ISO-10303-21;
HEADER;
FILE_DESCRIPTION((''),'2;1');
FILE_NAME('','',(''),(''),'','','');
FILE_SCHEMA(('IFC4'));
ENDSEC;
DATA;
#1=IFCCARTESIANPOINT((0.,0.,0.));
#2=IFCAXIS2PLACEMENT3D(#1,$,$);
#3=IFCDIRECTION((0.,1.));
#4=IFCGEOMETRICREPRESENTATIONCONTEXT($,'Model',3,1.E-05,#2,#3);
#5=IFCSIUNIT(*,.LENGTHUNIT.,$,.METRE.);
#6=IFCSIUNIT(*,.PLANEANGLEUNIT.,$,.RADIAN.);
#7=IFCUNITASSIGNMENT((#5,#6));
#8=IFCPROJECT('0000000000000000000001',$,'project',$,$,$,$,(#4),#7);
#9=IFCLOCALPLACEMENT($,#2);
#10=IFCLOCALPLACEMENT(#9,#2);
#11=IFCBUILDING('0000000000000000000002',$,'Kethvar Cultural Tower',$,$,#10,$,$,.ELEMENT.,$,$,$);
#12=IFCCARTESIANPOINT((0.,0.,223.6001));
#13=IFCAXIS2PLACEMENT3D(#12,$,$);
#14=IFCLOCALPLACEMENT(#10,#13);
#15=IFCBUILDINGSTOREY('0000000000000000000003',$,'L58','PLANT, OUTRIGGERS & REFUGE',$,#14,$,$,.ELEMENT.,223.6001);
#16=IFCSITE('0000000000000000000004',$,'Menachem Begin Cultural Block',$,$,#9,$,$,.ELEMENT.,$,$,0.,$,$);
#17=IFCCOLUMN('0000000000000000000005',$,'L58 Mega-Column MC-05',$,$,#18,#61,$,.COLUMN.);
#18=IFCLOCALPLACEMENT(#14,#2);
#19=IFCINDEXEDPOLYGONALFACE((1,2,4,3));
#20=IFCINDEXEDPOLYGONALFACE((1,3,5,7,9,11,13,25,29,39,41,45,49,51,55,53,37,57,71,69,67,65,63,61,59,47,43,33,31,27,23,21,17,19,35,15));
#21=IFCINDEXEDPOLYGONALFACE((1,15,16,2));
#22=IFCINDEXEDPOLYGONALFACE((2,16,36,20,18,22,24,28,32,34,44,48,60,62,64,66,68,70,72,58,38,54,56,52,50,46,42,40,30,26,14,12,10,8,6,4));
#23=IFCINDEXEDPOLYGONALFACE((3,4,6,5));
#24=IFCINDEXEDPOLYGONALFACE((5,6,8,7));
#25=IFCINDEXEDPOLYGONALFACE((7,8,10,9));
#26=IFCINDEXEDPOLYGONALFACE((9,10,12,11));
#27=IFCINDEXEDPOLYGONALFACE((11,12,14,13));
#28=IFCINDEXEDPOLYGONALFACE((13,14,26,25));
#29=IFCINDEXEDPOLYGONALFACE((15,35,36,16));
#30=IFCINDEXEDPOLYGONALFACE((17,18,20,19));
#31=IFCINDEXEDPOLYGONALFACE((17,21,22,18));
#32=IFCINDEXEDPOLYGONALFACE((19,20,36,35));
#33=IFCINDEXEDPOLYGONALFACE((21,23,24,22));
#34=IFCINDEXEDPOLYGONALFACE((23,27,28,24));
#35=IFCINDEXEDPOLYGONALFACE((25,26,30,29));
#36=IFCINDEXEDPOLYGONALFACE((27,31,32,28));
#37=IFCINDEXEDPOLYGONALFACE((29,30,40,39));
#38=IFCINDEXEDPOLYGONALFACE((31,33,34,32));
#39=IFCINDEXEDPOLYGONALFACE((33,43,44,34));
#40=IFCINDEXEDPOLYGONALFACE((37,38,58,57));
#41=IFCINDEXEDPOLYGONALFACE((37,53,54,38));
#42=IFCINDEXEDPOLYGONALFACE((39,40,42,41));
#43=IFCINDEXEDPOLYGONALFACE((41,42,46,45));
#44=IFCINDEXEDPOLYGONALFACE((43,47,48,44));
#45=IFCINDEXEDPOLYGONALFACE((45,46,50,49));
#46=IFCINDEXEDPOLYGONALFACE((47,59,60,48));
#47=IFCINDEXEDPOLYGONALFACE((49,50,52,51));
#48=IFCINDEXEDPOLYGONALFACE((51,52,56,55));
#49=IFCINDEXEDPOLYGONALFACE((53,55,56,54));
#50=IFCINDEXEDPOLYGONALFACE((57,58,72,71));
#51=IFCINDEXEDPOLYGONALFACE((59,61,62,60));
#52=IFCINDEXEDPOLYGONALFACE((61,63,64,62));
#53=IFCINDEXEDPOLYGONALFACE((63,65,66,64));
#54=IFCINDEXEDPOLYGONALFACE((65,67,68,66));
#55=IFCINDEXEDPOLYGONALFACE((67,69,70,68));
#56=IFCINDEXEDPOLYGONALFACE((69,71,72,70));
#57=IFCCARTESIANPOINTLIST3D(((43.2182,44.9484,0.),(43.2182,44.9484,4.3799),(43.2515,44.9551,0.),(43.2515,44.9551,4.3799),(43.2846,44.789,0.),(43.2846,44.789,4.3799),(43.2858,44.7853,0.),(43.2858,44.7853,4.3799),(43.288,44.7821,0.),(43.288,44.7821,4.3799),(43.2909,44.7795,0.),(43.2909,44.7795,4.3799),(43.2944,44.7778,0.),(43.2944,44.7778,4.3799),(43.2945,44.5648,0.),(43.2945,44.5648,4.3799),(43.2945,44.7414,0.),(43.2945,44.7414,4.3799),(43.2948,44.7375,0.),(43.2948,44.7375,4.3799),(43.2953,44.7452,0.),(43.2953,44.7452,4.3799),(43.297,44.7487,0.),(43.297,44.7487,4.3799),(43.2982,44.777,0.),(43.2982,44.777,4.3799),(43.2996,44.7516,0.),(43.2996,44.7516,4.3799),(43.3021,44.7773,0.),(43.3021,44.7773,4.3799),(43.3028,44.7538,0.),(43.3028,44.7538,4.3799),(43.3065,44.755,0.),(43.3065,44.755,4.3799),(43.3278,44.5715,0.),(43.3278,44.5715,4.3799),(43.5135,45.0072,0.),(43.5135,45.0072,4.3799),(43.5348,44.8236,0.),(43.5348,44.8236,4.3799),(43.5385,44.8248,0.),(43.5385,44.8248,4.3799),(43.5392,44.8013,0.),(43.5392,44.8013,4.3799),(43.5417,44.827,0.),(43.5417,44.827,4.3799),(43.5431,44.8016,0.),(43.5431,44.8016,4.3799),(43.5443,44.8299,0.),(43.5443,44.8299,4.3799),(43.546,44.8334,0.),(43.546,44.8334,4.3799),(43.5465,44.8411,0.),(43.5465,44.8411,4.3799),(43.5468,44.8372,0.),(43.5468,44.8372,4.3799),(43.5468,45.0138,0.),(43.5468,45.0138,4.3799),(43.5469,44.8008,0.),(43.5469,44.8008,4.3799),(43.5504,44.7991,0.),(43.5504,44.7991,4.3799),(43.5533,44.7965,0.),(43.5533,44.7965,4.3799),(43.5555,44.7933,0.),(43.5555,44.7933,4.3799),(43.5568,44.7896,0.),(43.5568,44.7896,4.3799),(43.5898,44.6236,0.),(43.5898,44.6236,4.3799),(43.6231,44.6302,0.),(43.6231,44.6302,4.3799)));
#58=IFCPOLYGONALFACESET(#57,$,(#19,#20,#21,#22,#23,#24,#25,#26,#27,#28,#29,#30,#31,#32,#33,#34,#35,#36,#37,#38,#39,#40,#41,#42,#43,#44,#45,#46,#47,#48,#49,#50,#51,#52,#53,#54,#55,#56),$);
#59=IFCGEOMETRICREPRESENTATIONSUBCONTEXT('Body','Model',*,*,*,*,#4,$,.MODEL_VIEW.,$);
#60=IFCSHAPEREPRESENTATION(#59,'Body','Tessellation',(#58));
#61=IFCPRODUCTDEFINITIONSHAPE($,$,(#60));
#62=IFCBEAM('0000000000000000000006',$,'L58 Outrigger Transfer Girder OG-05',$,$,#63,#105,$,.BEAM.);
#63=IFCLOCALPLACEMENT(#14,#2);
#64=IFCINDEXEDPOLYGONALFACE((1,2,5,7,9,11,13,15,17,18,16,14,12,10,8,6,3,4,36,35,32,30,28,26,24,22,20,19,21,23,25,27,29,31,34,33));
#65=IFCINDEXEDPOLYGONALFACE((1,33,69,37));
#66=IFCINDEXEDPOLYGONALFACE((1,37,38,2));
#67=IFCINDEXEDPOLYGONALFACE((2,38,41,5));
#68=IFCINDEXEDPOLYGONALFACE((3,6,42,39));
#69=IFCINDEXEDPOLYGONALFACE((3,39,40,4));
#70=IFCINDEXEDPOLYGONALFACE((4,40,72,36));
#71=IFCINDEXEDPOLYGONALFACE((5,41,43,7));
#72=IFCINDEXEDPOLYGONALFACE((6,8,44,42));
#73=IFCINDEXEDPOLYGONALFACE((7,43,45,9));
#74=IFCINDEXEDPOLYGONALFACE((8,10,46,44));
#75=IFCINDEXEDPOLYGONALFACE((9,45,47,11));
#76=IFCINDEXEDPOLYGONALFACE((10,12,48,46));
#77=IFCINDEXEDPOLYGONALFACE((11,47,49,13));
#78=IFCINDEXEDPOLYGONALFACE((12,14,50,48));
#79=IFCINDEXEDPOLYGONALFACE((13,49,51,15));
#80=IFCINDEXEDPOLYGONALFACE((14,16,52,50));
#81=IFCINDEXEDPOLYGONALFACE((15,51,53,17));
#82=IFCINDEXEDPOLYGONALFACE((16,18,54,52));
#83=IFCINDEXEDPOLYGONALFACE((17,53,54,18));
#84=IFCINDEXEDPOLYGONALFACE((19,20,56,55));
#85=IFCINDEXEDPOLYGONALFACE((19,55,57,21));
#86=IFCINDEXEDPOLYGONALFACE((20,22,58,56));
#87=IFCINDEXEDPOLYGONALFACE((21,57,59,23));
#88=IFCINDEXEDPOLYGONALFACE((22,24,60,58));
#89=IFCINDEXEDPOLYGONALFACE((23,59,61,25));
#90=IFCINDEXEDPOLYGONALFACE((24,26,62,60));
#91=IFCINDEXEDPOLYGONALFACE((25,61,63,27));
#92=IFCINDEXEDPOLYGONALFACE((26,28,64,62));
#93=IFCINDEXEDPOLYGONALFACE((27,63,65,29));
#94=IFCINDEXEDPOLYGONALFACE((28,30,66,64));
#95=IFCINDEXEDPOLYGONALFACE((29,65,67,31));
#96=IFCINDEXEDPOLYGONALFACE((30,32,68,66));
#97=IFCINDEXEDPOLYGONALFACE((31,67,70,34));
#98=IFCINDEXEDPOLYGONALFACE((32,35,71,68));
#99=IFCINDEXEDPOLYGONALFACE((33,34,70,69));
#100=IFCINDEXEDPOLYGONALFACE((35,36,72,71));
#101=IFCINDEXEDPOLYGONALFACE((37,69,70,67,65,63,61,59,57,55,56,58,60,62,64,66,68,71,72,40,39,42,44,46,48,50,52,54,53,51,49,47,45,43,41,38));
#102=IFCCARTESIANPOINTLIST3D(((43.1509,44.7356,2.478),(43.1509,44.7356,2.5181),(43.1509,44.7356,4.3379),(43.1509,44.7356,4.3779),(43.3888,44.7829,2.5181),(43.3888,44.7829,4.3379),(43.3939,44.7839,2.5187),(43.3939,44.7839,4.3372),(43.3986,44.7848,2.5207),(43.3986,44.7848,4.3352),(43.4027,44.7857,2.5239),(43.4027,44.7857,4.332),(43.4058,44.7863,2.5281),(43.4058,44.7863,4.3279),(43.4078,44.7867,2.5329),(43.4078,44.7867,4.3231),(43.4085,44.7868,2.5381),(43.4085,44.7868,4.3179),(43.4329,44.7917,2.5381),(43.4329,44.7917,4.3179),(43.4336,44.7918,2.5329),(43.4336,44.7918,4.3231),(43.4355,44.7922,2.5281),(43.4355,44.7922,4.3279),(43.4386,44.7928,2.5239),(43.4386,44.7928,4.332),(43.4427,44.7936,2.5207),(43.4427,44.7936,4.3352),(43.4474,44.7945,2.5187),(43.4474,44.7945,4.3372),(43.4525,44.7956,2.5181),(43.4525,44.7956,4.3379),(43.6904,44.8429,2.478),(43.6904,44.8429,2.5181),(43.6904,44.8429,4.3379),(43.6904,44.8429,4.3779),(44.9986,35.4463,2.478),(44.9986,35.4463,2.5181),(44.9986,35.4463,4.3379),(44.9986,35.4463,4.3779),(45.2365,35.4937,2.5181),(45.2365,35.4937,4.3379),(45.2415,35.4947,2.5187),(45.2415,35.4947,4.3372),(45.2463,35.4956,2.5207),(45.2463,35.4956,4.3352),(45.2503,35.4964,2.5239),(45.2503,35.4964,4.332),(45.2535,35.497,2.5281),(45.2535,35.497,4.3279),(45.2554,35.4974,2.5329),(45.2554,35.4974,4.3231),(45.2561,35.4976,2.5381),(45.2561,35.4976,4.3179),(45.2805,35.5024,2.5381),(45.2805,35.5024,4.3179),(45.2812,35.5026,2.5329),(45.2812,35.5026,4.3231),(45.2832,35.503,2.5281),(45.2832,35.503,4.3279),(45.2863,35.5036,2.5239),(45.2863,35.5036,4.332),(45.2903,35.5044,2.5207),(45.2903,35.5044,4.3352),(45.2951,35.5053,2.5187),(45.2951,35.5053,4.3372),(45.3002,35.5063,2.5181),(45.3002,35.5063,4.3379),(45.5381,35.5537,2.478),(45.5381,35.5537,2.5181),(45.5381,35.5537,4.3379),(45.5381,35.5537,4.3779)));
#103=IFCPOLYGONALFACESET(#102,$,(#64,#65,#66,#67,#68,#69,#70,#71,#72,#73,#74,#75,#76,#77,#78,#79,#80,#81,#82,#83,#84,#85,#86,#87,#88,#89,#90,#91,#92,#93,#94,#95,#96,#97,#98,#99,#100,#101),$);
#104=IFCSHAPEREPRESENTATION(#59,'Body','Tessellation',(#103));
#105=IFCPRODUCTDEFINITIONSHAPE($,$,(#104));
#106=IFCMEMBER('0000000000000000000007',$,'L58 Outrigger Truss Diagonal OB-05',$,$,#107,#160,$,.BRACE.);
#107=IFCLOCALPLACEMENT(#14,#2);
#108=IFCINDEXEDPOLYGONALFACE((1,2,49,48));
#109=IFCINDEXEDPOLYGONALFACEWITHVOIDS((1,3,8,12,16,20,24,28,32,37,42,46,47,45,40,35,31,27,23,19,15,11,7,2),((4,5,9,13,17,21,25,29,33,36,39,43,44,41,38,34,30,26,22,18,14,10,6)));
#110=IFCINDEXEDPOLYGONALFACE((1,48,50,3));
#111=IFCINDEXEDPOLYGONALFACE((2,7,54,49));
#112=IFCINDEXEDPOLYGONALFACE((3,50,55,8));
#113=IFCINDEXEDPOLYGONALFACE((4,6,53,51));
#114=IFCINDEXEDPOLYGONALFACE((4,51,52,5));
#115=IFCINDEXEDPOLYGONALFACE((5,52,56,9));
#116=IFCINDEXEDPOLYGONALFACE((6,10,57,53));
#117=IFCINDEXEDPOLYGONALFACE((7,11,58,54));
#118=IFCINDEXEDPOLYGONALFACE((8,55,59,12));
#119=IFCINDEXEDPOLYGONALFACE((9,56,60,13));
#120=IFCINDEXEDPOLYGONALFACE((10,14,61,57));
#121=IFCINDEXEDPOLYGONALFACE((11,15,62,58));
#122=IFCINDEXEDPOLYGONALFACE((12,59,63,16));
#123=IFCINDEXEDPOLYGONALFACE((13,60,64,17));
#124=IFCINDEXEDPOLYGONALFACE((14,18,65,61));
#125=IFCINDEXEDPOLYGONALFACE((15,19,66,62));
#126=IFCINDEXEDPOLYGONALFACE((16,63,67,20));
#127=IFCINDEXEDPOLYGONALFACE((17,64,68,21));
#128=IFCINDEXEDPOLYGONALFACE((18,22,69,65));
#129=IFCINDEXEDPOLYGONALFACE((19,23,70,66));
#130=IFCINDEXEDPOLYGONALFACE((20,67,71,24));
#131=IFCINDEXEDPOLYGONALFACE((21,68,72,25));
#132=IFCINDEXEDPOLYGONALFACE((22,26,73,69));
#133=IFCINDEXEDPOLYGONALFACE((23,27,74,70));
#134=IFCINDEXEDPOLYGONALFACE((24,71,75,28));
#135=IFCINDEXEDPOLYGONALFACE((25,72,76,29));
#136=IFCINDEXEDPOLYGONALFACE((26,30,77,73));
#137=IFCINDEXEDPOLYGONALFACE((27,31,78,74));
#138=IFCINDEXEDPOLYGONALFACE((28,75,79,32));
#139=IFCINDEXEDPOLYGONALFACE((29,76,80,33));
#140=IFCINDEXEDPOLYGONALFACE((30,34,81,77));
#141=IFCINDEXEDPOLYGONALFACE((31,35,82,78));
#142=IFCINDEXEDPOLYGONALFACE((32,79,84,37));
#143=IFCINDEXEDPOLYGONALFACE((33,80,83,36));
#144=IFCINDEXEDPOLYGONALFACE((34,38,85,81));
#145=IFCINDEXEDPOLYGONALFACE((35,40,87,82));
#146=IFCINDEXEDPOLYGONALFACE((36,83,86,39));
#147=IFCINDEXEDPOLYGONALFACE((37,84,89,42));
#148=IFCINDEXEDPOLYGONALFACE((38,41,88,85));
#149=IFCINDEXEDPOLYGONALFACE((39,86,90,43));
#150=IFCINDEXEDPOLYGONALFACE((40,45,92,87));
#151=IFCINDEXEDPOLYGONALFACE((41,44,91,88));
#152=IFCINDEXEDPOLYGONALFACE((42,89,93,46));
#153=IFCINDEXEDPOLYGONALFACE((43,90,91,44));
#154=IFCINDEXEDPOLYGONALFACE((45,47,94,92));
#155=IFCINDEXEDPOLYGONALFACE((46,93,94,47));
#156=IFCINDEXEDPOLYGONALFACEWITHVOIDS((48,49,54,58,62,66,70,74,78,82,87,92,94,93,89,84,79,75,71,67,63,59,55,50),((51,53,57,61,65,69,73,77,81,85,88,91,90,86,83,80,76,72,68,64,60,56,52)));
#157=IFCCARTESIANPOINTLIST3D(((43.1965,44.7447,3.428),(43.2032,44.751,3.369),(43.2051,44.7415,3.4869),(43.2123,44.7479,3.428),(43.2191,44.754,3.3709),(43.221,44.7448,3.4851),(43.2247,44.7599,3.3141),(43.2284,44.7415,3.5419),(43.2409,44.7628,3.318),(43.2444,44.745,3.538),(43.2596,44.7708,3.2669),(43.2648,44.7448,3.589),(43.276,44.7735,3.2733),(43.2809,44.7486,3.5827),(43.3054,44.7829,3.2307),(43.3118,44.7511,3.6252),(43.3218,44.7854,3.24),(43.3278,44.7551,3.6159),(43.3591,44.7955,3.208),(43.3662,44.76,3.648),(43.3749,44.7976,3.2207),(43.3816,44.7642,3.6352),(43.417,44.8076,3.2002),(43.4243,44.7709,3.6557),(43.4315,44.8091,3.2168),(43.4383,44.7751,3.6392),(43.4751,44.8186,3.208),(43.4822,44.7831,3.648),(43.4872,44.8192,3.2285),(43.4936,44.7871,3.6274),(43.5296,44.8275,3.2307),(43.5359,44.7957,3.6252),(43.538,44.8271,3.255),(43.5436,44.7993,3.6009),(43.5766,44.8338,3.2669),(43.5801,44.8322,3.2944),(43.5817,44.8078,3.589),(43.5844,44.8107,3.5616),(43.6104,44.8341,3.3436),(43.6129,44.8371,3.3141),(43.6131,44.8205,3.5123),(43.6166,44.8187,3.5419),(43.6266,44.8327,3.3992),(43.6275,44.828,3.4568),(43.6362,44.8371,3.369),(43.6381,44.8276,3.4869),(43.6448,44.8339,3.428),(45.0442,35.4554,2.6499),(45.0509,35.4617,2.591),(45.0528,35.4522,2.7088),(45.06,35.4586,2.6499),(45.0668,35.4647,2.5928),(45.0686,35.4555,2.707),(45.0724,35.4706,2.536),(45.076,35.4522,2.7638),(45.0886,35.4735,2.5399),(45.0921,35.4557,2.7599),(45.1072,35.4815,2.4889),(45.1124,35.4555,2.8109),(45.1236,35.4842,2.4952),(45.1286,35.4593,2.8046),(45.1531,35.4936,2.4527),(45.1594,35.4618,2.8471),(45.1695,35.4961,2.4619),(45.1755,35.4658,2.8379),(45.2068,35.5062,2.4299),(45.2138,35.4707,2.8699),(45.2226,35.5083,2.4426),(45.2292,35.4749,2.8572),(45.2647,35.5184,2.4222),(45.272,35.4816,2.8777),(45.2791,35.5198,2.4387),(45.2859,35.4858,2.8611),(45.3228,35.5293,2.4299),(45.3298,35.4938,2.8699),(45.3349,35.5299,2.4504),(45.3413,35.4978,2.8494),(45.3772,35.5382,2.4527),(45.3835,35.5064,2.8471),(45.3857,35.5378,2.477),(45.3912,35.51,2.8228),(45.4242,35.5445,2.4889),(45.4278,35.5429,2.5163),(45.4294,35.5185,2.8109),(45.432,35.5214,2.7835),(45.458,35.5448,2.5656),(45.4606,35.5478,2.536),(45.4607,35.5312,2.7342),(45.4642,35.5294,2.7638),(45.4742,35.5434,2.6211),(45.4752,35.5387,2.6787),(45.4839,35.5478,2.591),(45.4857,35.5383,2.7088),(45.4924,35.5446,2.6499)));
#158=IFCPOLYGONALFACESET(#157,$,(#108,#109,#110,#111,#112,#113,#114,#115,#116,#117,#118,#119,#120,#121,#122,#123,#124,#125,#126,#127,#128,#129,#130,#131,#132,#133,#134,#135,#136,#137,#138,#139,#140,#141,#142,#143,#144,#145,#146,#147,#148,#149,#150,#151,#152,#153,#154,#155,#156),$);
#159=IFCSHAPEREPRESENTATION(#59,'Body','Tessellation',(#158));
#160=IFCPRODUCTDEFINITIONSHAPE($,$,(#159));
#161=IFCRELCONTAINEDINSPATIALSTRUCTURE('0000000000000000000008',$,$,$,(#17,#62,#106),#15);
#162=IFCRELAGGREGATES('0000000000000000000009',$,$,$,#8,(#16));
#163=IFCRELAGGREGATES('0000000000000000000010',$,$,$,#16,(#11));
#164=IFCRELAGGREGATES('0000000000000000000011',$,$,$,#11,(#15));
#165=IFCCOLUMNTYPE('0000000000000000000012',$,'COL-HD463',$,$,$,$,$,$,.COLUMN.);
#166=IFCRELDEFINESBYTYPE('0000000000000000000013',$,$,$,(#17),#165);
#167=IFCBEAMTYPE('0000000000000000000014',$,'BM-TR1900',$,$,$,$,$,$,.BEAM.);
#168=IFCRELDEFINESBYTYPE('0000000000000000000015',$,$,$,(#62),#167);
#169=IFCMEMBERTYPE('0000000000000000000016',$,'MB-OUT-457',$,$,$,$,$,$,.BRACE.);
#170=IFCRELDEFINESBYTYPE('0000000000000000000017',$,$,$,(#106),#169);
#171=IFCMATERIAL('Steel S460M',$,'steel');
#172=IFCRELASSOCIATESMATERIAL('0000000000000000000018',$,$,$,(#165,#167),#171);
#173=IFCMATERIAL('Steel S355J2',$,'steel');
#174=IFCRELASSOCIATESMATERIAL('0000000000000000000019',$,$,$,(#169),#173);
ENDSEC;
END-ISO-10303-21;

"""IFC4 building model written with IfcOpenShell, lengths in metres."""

from ifc_helpers import new_model, si_unit, direction, frame, origin, origin_2d, place, context, subcontext, project, spatial, hollow_circle, i_section, extrude, source, transform, mapped, material, material_profile, profile_set, type_object, element, save


model = new_model("IFC4")

# Units and contexts
model_context = context("Model", 3, precision=1e-05, world=origin(), true_north=direction((0.0, 1.0)))
body_context = subcontext(model_context, "Body", "Model", "MODEL_VIEW")
ifc_project = project(units=[si_unit("LENGTHUNIT", "METRE"), si_unit("PLANEANGLEUNIT", "RADIAN")], contexts=[model_context])

# Site, building, storey
site_placement = place(None, origin())
site = spatial("IfcSite", under=ifc_project, at=site_placement, Name="Menachem Begin Cultural Block", CompositionType="ELEMENT", RefElevation=0.0)
building_placement = place(site_placement, origin())
building = spatial("IfcBuilding", under=site, at=building_placement, Name="Kethvar Cultural Tower", CompositionType="ELEMENT")
storey_placement = place(building_placement, frame((0.0, 0.0, 223.6001)))
storey = spatial("IfcBuildingStorey", under=building, at=storey_placement, Name="L58", Description="PLANT, OUTRIGGERS & REFUGE", CompositionType="ELEMENT", Elevation=223.6001)

# Column
ifc_material_1 = material(Name="Steel S460M", Category="steel")
ifc_material_profile_1 = material_profile(ifc_material_1, i_section(OverallWidth=0.3911, OverallDepth=0.335, WebThickness=0.0227, FlangeThickness=0.0339, FilletRadius=0.0149, at=origin_2d()), Name="Steel S460M — HD400x463")
ifc_profile_set_1 = profile_set([ifc_material_profile_1], Name="Steel S460M — HD400x463")
column_type = type_object("IfcColumnType", Name="COL-HD463", PredefinedType="COLUMN", material=ifc_profile_set_1)
shared_shape_1 = source(origin(), body_context, "Body", "SweptSolid", [
    extrude(i_section(OverallWidth=0.3911, OverallDepth=0.335, WebThickness=0.0227, FlangeThickness=0.0339, FilletRadius=0.0149, at=origin_2d()), origin(), (0.0, 0.0, 1.0), 4.3799),
])
column_placement = place(storey_placement, frame((43.4207, 44.7893, 0.0), z_axis=(0.0, 0.0, 1.0), x_axis=(-0.19509, 0.980785, 0.0)))
element("IfcColumn", 1, at=column_placement, inside=storey, type_object=column_type, Name="L58 Mega-Column MC-05", PredefinedType="COLUMN", context=body_context, shape_type="MappedRepresentation", body=[
    mapped(shared_shape_1, transform((0.0, 0.0, 0.0), scale=1.0)),
])

# Beam
ifc_material_profile_2 = material_profile(ifc_material_1, i_section(OverallWidth=0.55, OverallDepth=1.8999, WebThickness=0.0249, FlangeThickness=0.04, FilletRadius=0.02, at=origin_2d()), Name="Steel S460M — PG1900x550x40x25")
ifc_profile_set_2 = profile_set([ifc_material_profile_2], Name="Steel S460M — PG1900x550x40x25")
beam_type = type_object("IfcBeamType", Name="BM-TR1900", PredefinedType="BEAM", material=ifc_profile_set_2)
shared_shape_2 = source(origin(), body_context, "Body", "SweptSolid", [
    extrude(i_section(OverallWidth=0.55, OverallDepth=1.8999, WebThickness=0.0249, FlangeThickness=0.04, FilletRadius=0.02, at=origin_2d()), origin(), (0.0, 0.0, 1.0), 9.4712),
])
beam_1_placement = place(storey_placement, frame((45.2683, 35.5, 3.428), z_axis=(-0.19508, 0.980787, 0.0), x_axis=(-0.980787, -0.19508, 0.0)))
element("IfcBeam", 2, at=beam_1_placement, inside=storey, type_object=beam_type, Name="L58 Outrigger Transfer Girder OG-05", PredefinedType="BEAM", context=body_context, shape_type="MappedRepresentation", body=[
    mapped(shared_shape_2, transform((0.0, 0.0, 0.0), scale=1.0)),
])

# Member
ifc_material_2 = material(Name="Steel S355J2", Category="steel")
ifc_material_profile_3 = material_profile(ifc_material_2, hollow_circle(Radius=0.2285, WallThickness=0.0161, at=origin_2d()), Name="Steel S355J2 — CHS457x16")
ifc_profile_set_3 = profile_set([ifc_material_profile_3], Name="Steel S355J2 — CHS457x16")
member_type_1 = type_object("IfcMemberType", Name="MB-OUT-457", PredefinedType="BRACE", material=ifc_profile_set_3)
shared_shape_3 = source(origin(), body_context, "Body", "SweptSolid", [
    extrude(hollow_circle(Radius=0.2285, WallThickness=0.0161, at=origin_2d()), origin(), (0.0, 0.0, 1.0), 9.5032),
])
member_1_placement = place(storey_placement, frame((45.2683, 35.5, 2.6499), z_axis=(-0.194425, 0.977494, 0.081875), x_axis=(-0.980787, -0.19508, 0.0)))
element("IfcMember", 3, at=member_1_placement, inside=storey, type_object=member_type_1, Name="L58 Outrigger Truss Diagonal OB-05", PredefinedType="BRACE", context=body_context, shape_type="MappedRepresentation", body=[
    mapped(shared_shape_3, transform((0.0, 0.0, 0.0), scale=1.0)),
])

save(model, "model.ifc")
